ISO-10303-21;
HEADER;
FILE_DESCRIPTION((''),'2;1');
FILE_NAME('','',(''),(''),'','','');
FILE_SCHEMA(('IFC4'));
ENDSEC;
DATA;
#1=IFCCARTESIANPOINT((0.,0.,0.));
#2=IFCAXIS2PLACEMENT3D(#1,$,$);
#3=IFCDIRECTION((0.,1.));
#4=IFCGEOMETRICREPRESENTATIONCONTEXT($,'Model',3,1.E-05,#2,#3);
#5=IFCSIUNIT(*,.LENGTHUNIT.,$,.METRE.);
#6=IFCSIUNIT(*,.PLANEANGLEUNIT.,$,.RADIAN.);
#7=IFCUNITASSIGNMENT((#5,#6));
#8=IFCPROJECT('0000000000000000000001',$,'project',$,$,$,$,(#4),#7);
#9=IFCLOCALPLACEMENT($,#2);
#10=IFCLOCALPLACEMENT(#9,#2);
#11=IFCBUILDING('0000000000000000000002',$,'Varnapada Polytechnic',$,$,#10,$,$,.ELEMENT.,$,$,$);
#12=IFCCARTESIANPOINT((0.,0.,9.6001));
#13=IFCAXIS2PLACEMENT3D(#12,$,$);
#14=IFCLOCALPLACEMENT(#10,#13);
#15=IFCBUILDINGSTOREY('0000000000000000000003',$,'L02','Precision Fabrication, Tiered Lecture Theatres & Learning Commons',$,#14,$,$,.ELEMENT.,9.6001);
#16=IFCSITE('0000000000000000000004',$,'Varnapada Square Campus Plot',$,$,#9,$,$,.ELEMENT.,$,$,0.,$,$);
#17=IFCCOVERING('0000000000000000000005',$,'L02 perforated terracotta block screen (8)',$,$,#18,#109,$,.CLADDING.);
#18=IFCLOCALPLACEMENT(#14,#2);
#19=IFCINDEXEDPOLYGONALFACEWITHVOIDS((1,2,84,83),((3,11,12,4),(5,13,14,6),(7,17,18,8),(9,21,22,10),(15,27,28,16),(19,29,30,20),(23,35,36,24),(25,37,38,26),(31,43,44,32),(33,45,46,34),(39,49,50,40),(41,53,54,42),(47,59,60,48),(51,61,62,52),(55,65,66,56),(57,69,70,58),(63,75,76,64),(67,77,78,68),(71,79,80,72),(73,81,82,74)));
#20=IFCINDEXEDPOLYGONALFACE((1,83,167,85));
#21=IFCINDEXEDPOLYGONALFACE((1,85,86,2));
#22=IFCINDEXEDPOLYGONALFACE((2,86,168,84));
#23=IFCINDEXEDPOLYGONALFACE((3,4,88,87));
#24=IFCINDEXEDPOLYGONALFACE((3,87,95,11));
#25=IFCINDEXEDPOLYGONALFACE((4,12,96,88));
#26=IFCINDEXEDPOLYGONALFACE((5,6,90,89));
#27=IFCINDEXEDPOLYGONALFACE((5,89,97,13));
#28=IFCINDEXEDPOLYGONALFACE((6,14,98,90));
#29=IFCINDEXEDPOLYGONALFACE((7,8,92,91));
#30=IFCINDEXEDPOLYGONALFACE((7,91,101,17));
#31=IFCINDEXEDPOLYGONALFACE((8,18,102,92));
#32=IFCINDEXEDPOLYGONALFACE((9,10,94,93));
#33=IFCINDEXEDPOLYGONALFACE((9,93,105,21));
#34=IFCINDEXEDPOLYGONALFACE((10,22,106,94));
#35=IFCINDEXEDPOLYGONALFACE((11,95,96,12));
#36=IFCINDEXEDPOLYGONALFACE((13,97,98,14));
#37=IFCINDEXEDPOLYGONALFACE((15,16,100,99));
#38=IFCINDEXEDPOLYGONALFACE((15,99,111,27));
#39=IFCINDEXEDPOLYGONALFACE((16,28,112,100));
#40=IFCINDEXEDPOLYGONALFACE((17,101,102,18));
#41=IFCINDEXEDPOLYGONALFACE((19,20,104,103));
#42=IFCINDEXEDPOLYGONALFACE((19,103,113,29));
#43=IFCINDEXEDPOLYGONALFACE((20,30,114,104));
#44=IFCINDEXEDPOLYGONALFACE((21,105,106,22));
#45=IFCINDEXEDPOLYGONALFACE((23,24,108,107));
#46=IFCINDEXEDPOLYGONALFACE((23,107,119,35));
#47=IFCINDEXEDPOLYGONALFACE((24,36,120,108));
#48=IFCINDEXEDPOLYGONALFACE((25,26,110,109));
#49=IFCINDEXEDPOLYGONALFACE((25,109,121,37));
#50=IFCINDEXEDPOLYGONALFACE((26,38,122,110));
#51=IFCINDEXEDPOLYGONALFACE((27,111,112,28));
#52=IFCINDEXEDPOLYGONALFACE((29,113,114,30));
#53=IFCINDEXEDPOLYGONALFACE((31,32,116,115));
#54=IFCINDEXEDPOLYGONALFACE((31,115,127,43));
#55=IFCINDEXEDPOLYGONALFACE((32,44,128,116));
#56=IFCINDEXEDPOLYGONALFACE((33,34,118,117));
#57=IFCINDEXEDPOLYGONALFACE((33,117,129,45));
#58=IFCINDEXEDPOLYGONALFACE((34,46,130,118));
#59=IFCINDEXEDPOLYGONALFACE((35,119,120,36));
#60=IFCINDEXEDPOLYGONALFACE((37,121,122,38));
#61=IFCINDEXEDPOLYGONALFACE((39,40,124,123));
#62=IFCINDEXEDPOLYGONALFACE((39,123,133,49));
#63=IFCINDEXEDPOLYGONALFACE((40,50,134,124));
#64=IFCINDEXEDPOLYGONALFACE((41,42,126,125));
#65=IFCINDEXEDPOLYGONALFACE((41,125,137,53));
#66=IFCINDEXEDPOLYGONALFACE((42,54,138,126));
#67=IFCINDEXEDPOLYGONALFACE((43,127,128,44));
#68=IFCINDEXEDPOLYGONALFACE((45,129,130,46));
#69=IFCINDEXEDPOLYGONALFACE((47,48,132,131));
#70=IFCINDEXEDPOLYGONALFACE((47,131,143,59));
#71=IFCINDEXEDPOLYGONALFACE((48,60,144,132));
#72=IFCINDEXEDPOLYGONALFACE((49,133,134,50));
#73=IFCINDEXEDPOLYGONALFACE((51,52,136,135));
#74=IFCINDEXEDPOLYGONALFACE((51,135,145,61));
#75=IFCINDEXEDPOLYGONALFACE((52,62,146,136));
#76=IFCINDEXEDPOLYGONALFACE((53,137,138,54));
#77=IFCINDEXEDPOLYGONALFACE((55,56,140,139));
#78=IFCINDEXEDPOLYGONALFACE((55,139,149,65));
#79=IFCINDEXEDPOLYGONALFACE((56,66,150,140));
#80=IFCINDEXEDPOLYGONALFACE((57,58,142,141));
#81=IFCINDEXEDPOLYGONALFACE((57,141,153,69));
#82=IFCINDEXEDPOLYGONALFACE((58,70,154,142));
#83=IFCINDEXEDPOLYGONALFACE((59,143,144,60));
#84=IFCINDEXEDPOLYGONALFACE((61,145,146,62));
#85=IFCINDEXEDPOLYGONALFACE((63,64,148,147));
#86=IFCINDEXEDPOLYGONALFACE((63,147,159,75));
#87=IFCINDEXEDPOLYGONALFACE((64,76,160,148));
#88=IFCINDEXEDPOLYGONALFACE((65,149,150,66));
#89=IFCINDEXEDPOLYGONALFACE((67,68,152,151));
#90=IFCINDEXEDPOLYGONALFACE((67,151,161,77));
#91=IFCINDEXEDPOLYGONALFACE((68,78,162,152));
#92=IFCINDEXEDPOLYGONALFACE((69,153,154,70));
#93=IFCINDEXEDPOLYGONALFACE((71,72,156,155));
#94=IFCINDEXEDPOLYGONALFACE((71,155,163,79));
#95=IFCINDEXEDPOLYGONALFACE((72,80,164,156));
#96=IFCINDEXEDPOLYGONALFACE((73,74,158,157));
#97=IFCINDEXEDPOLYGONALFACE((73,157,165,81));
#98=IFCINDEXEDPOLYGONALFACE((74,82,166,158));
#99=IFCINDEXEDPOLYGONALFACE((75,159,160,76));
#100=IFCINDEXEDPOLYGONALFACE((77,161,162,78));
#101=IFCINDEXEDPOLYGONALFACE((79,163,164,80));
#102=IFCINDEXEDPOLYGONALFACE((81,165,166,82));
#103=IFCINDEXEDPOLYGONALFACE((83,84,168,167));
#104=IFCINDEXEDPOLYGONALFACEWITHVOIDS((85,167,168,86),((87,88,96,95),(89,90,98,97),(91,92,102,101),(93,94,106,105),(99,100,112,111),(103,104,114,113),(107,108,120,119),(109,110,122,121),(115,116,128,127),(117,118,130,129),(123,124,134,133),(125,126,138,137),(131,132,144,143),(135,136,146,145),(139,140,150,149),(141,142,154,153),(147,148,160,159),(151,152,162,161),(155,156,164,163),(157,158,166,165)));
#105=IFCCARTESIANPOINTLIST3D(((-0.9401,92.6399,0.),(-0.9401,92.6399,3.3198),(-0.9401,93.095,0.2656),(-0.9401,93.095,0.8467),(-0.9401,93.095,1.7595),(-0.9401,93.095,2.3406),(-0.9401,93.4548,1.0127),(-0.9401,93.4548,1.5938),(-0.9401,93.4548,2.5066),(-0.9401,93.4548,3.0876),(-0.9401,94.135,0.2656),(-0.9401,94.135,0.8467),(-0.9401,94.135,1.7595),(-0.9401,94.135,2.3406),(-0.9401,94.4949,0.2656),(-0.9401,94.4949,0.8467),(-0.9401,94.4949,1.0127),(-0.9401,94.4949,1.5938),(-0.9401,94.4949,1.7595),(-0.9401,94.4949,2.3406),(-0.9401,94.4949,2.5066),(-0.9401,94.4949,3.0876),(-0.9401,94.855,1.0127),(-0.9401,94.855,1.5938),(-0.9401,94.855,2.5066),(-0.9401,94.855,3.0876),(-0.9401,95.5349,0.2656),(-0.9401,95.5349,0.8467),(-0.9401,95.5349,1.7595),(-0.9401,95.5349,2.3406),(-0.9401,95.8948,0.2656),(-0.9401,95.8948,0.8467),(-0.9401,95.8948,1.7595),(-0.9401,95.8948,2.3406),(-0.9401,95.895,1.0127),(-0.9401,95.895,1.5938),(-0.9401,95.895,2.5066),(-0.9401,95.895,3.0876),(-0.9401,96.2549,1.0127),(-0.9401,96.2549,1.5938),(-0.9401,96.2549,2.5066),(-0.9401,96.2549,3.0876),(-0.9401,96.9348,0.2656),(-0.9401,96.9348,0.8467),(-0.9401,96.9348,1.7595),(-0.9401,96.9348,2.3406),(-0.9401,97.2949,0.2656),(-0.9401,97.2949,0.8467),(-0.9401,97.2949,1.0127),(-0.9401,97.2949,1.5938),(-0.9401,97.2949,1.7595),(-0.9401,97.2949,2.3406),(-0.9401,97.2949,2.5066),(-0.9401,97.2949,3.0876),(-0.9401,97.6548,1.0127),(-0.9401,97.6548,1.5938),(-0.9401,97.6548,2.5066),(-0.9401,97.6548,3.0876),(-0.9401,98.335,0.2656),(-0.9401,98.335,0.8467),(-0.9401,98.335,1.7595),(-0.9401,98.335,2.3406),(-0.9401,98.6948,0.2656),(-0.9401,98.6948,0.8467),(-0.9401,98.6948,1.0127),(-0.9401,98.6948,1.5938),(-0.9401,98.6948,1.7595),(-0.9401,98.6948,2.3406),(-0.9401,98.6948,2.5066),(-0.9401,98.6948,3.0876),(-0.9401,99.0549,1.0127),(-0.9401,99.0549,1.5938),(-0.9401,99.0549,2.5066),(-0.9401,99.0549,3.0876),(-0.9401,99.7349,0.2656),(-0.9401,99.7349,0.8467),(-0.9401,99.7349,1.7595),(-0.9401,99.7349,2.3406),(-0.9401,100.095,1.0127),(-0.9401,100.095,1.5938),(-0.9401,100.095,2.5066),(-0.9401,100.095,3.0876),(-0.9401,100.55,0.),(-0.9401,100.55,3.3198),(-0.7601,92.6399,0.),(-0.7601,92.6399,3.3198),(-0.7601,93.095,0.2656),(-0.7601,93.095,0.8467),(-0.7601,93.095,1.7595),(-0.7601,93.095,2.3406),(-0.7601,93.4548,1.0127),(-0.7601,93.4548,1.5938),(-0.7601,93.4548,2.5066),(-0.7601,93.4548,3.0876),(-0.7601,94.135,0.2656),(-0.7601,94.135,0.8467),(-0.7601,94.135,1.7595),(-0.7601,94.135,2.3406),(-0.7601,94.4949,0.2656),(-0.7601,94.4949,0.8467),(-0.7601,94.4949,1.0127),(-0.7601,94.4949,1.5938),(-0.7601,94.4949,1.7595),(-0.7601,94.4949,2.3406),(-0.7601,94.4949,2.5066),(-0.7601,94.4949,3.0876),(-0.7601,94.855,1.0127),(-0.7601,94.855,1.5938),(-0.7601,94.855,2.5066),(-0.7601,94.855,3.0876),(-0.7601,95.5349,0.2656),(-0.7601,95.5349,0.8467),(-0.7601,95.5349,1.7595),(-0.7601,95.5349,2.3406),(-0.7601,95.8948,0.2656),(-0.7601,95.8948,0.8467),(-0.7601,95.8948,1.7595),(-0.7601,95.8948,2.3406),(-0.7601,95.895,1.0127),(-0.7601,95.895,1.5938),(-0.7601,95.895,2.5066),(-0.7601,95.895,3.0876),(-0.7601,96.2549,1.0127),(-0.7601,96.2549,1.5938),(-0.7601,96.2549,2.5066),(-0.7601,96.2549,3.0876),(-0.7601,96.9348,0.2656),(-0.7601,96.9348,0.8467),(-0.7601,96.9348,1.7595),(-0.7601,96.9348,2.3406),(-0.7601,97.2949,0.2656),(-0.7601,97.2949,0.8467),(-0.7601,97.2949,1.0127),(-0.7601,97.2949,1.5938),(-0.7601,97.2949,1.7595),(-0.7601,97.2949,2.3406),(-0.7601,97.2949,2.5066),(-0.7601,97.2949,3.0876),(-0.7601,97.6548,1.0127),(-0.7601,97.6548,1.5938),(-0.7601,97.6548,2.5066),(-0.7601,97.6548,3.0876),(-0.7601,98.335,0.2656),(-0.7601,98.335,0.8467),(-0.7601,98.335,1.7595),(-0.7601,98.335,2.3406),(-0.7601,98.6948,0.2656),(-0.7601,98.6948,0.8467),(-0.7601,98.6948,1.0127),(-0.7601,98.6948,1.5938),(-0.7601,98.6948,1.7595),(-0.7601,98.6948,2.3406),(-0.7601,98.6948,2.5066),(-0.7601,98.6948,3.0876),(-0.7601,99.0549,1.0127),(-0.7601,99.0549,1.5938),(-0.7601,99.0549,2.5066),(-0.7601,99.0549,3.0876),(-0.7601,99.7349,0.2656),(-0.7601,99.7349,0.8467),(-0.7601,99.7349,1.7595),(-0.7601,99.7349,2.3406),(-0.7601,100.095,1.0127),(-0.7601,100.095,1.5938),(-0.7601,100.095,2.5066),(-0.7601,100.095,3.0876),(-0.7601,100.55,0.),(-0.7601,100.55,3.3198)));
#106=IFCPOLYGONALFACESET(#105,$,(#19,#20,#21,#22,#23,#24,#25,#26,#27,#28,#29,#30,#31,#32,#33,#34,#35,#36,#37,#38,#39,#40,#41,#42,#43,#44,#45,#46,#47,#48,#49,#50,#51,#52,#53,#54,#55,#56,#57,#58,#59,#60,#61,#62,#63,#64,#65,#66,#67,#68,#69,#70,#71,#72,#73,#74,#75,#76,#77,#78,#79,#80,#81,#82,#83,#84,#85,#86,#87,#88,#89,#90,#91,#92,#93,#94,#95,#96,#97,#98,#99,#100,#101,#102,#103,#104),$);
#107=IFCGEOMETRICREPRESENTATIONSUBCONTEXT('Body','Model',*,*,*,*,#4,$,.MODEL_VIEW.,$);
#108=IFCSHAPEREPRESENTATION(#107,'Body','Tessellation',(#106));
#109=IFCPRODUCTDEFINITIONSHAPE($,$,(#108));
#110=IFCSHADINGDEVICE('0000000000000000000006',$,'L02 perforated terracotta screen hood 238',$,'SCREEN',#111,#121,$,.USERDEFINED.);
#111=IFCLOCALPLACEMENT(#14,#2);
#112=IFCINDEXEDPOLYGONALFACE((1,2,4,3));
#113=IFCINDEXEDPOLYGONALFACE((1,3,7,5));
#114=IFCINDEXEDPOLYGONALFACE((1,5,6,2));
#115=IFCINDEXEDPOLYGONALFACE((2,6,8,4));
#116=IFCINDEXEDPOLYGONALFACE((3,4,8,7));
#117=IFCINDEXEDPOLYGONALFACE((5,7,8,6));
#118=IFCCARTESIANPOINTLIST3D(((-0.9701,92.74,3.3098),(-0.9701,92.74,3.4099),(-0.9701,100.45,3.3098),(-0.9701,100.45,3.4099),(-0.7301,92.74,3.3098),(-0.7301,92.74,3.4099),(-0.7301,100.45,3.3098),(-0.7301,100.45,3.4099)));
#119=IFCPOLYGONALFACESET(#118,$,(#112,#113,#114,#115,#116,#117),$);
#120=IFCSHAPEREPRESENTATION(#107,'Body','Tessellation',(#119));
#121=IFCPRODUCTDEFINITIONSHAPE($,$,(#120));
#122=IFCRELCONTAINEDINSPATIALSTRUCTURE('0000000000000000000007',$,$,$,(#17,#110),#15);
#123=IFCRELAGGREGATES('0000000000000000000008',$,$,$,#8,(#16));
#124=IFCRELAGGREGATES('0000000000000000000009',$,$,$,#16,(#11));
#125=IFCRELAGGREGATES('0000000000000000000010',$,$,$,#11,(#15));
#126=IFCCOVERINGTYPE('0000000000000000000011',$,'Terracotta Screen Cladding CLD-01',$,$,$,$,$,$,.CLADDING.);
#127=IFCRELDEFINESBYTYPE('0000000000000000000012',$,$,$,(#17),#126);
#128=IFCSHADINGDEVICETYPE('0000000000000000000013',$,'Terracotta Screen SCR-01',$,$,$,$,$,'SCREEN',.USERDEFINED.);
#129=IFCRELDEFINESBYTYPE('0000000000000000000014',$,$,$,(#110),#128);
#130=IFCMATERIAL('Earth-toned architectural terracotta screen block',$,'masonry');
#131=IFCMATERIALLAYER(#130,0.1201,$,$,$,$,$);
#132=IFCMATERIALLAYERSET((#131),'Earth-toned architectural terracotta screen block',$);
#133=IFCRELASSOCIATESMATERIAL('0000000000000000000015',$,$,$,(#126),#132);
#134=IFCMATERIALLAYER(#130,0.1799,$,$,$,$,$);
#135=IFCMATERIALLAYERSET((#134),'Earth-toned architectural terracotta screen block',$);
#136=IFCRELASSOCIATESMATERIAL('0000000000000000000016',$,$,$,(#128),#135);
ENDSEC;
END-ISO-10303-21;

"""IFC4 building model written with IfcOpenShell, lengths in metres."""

from ifc_helpers import new_model, si_unit, direction, frame, frame_2d, origin, origin_2d, place, context, subcontext, project, spatial, rectangle, extrude, material, layer, layer_set, type_object, element, save


model = new_model("IFC4")

# Units and contexts
model_context = context("Model", 3, precision=1e-05, world=origin(), true_north=direction((0.0, 1.0)))
body_context = subcontext(model_context, "Body", "Model", "MODEL_VIEW")
ifc_project = project(units=[si_unit("LENGTHUNIT", "METRE"), si_unit("PLANEANGLEUNIT", "RADIAN")], contexts=[model_context])

# Site, building, storey
site_placement = place(None, origin())
site = spatial("IfcSite", under=ifc_project, at=site_placement, Name="Varnapada Square Campus Plot", CompositionType="ELEMENT", RefElevation=0.0)
building_placement = place(site_placement, origin())
building = spatial("IfcBuilding", under=site, at=building_placement, Name="Varnapada Polytechnic", CompositionType="ELEMENT")
storey_placement = place(building_placement, frame((0.0, 0.0, 9.6001)))
storey = spatial("IfcBuildingStorey", under=building, at=storey_placement, Name="L02", Description="Precision Fabrication, Tiered Lecture Theatres & Learning Commons", CompositionType="ELEMENT", Elevation=9.6001)

# Covering, openings
ifc_material_1 = material(Name="Earth-toned architectural terracotta screen block", Category="masonry")
ifc_layer_1 = layer(ifc_material_1, 0.1201)
ifc_layer_set_1 = layer_set([ifc_layer_1], Name="Earth-toned architectural terracotta screen block")
covering_type = type_object("IfcCoveringType", Name="Terracotta Screen Cladding CLD-01", PredefinedType="CLADDING", material=ifc_layer_set_1)
covering_placement = place(storey_placement, frame((-0.8501, 92.6399, 0.0), z_axis=(0.0, 0.0, 1.0), x_axis=(0.0, 1.0, 0.0)))
covering = element("IfcCovering", 1, at=covering_placement, inside=storey, type_object=covering_type, Name="L02 perforated terracotta block screen (8)", PredefinedType="CLADDING", context=body_context, shape_type="SweptSolid", body=[
    extrude(rectangle(XDim=7.9102, YDim=0.1799, at=frame_2d((3.9551, 0.0))), origin(), (0.0, 0.0, 1.0), 3.3198),
])
opening_1_placement = place(covering_placement, frame((0.4551, 0.0, 0.2656)))
element("IfcOpeningElement", 2, at=opening_1_placement, cuts=covering, PredefinedType="OPENING", context=body_context, shape_type="SweptSolid", body=[
    extrude(rectangle(XDim=1.04, YDim=0.5811, at=frame_2d((0.52, 0.2905))), frame((0.0, 0.0999, 0.0), z_axis=(0.0, -1.0, 0.0), x_axis=(1.0, 0.0, 0.0)), (0.0, 0.0, 1.0), 0.2),
])
opening_2_placement = place(covering_placement, frame((1.855, 0.0, 0.2656)))
element("IfcOpeningElement", 3, at=opening_2_placement, cuts=covering, PredefinedType="OPENING", context=body_context, shape_type="SweptSolid", body=[
    extrude(rectangle(XDim=1.04, YDim=0.5811, at=frame_2d((0.52, 0.2905))), frame((0.0, 0.0999, 0.0), z_axis=(0.0, -1.0, 0.0), x_axis=(1.0, 0.0, 0.0)), (0.0, 0.0, 1.0), 0.2),
])
opening_3_placement = place(covering_placement, frame((3.2549, 0.0, 0.2656)))
element("IfcOpeningElement", 4, at=opening_3_placement, cuts=covering, PredefinedType="OPENING", context=body_context, shape_type="SweptSolid", body=[
    extrude(rectangle(XDim=1.04, YDim=0.5811, at=frame_2d((0.52, 0.2905))), frame((0.0, 0.0999, 0.0), z_axis=(0.0, -1.0, 0.0), x_axis=(1.0, 0.0, 0.0)), (0.0, 0.0, 1.0), 0.2),
])
opening_4_placement = place(covering_placement, frame((4.655, 0.0, 0.2656)))
element("IfcOpeningElement", 5, at=opening_4_placement, cuts=covering, PredefinedType="OPENING", context=body_context, shape_type="SweptSolid", body=[
    extrude(rectangle(XDim=1.04, YDim=0.5811, at=frame_2d((0.52, 0.2905))), frame((0.0, 0.0999, 0.0), z_axis=(0.0, -1.0, 0.0), x_axis=(1.0, 0.0, 0.0)), (0.0, 0.0, 1.0), 0.2),
])
opening_5_placement = place(covering_placement, frame((6.0549, 0.0, 0.2656)))
element("IfcOpeningElement", 6, at=opening_5_placement, cuts=covering, PredefinedType="OPENING", context=body_context, shape_type="SweptSolid", body=[
    extrude(rectangle(XDim=1.04, YDim=0.5811, at=frame_2d((0.52, 0.2905))), frame((0.0, 0.0999, 0.0), z_axis=(0.0, -1.0, 0.0), x_axis=(1.0, 0.0, 0.0)), (0.0, 0.0, 1.0), 0.2),
])
opening_6_placement = place(covering_placement, frame((0.8149, 0.0, 1.0127)))
element("IfcOpeningElement", 7, at=opening_6_placement, cuts=covering, PredefinedType="OPENING", context=body_context, shape_type="SweptSolid", body=[
    extrude(rectangle(XDim=1.04, YDim=0.5811, at=frame_2d((0.52, 0.2905))), frame((0.0, 0.0999, 0.0), z_axis=(0.0, -1.0, 0.0), x_axis=(1.0, 0.0, 0.0)), (0.0, 0.0, 1.0), 0.2),
])
opening_7_placement = place(covering_placement, frame((2.2151, 0.0, 1.0127)))
element("IfcOpeningElement", 8, at=opening_7_placement, cuts=covering, PredefinedType="OPENING", context=body_context, shape_type="SweptSolid", body=[
    extrude(rectangle(XDim=1.04, YDim=0.5811, at=frame_2d((0.52, 0.2905))), frame((0.0, 0.0999, 0.0), z_axis=(0.0, -1.0, 0.0), x_axis=(1.0, 0.0, 0.0)), (0.0, 0.0, 1.0), 0.2),
])
opening_8_placement = place(covering_placement, frame((3.615, 0.0, 1.0127)))
element("IfcOpeningElement", 9, at=opening_8_placement, cuts=covering, PredefinedType="OPENING", context=body_context, shape_type="SweptSolid", body=[
    extrude(rectangle(XDim=1.04, YDim=0.5811, at=frame_2d((0.52, 0.2905))), frame((0.0, 0.0999, 0.0), z_axis=(0.0, -1.0, 0.0), x_axis=(1.0, 0.0, 0.0)), (0.0, 0.0, 1.0), 0.2),
])
opening_9_placement = place(covering_placement, frame((5.0149, 0.0, 1.0127)))
element("IfcOpeningElement", 10, at=opening_9_placement, cuts=covering, PredefinedType="OPENING", context=body_context, shape_type="SweptSolid", body=[
    extrude(rectangle(XDim=1.04, YDim=0.5811, at=frame_2d((0.52, 0.2905))), frame((0.0, 0.0999, 0.0), z_axis=(0.0, -1.0, 0.0), x_axis=(1.0, 0.0, 0.0)), (0.0, 0.0, 1.0), 0.2),
])
opening_10_placement = place(covering_placement, frame((6.415, 0.0, 1.0127)))
element("IfcOpeningElement", 11, at=opening_10_placement, cuts=covering, PredefinedType="OPENING", context=body_context, shape_type="SweptSolid", body=[
    extrude(rectangle(XDim=1.04, YDim=0.5811, at=frame_2d((0.52, 0.2905))), frame((0.0, 0.0999, 0.0), z_axis=(0.0, -1.0, 0.0), x_axis=(1.0, 0.0, 0.0)), (0.0, 0.0, 1.0), 0.2),
])
opening_11_placement = place(covering_placement, frame((0.4551, 0.0, 1.7595)))
element("IfcOpeningElement", 12, at=opening_11_placement, cuts=covering, PredefinedType="OPENING", context=body_context, shape_type="SweptSolid", body=[
    extrude(rectangle(XDim=1.04, YDim=0.5811, at=frame_2d((0.52, 0.2905))), frame((0.0, 0.0999, 0.0), z_axis=(0.0, -1.0, 0.0), x_axis=(1.0, 0.0, 0.0)), (0.0, 0.0, 1.0), 0.2),
])
opening_12_placement = place(covering_placement, frame((1.855, 0.0, 1.7595)))
element("IfcOpeningElement", 13, at=opening_12_placement, cuts=covering, PredefinedType="OPENING", context=body_context, shape_type="SweptSolid", body=[
    extrude(rectangle(XDim=1.04, YDim=0.5811, at=frame_2d((0.52, 0.2905))), frame((0.0, 0.0999, 0.0), z_axis=(0.0, -1.0, 0.0), x_axis=(1.0, 0.0, 0.0)), (0.0, 0.0, 1.0), 0.2),
])
opening_13_placement = place(covering_placement, frame((3.2549, 0.0, 1.7595)))
element("IfcOpeningElement", 14, at=opening_13_placement, cuts=covering, PredefinedType="OPENING", context=body_context, shape_type="SweptSolid", body=[
    extrude(rectangle(XDim=1.04, YDim=0.5811, at=frame_2d((0.52, 0.2905))), frame((0.0, 0.0999, 0.0), z_axis=(0.0, -1.0, 0.0), x_axis=(1.0, 0.0, 0.0)), (0.0, 0.0, 1.0), 0.2),
])
opening_14_placement = place(covering_placement, frame((4.655, 0.0, 1.7595)))
element("IfcOpeningElement", 15, at=opening_14_placement, cuts=covering, PredefinedType="OPENING", context=body_context, shape_type="SweptSolid", body=[
    extrude(rectangle(XDim=1.04, YDim=0.5811, at=frame_2d((0.52, 0.2905))), frame((0.0, 0.0999, 0.0), z_axis=(0.0, -1.0, 0.0), x_axis=(1.0, 0.0, 0.0)), (0.0, 0.0, 1.0), 0.2),
])
opening_15_placement = place(covering_placement, frame((6.0549, 0.0, 1.7595)))
element("IfcOpeningElement", 16, at=opening_15_placement, cuts=covering, PredefinedType="OPENING", context=body_context, shape_type="SweptSolid", body=[
    extrude(rectangle(XDim=1.04, YDim=0.5811, at=frame_2d((0.52, 0.2905))), frame((0.0, 0.0999, 0.0), z_axis=(0.0, -1.0, 0.0), x_axis=(1.0, 0.0, 0.0)), (0.0, 0.0, 1.0), 0.2),
])
opening_16_placement = place(covering_placement, frame((0.8149, 0.0, 2.5066)))
element("IfcOpeningElement", 17, at=opening_16_placement, cuts=covering, PredefinedType="OPENING", context=body_context, shape_type="SweptSolid", body=[
    extrude(rectangle(XDim=1.04, YDim=0.5811, at=frame_2d((0.52, 0.2905))), frame((0.0, 0.0999, 0.0), z_axis=(0.0, -1.0, 0.0), x_axis=(1.0, 0.0, 0.0)), (0.0, 0.0, 1.0), 0.2),
])
opening_17_placement = place(covering_placement, frame((2.2151, 0.0, 2.5066)))
element("IfcOpeningElement", 18, at=opening_17_placement, cuts=covering, PredefinedType="OPENING", context=body_context, shape_type="SweptSolid", body=[
    extrude(rectangle(XDim=1.04, YDim=0.5811, at=frame_2d((0.52, 0.2905))), frame((0.0, 0.0999, 0.0), z_axis=(0.0, -1.0, 0.0), x_axis=(1.0, 0.0, 0.0)), (0.0, 0.0, 1.0), 0.2),
])
opening_18_placement = place(covering_placement, frame((3.615, 0.0, 2.5066)))
element("IfcOpeningElement", 19, at=opening_18_placement, cuts=covering, PredefinedType="OPENING", context=body_context, shape_type="SweptSolid", body=[
    extrude(rectangle(XDim=1.04, YDim=0.5811, at=frame_2d((0.52, 0.2905))), frame((0.0, 0.0999, 0.0), z_axis=(0.0, -1.0, 0.0), x_axis=(1.0, 0.0, 0.0)), (0.0, 0.0, 1.0), 0.2),
])
opening_19_placement = place(covering_placement, frame((5.0149, 0.0, 2.5066)))
element("IfcOpeningElement", 20, at=opening_19_placement, cuts=covering, PredefinedType="OPENING", context=body_context, shape_type="SweptSolid", body=[
    extrude(rectangle(XDim=1.04, YDim=0.5811, at=frame_2d((0.52, 0.2905))), frame((0.0, 0.0999, 0.0), z_axis=(0.0, -1.0, 0.0), x_axis=(1.0, 0.0, 0.0)), (0.0, 0.0, 1.0), 0.2),
])
opening_20_placement = place(covering_placement, frame((6.415, 0.0, 2.5066)))
element("IfcOpeningElement", 21, at=opening_20_placement, cuts=covering, PredefinedType="OPENING", context=body_context, shape_type="SweptSolid", body=[
    extrude(rectangle(XDim=1.04, YDim=0.5811, at=frame_2d((0.52, 0.2905))), frame((0.0, 0.0999, 0.0), z_axis=(0.0, -1.0, 0.0), x_axis=(1.0, 0.0, 0.0)), (0.0, 0.0, 1.0), 0.2),
])

# Shading device
ifc_layer_2 = layer(ifc_material_1, 0.1799)
ifc_layer_set_2 = layer_set([ifc_layer_2], Name="Earth-toned architectural terracotta screen block")
shading_device_type = type_object("IfcShadingDeviceType", Name="Terracotta Screen SCR-01", ElementType="SCREEN", PredefinedType="USERDEFINED", material=ifc_layer_set_2)
shading_device_placement = place(storey_placement, frame((-0.8501, 96.595, 3.3098), z_axis=(0.0, 0.0, 1.0), x_axis=(0.0, 1.0, 0.0)))
element("IfcShadingDevice", 22, at=shading_device_placement, inside=storey, type_object=shading_device_type, Name="L02 perforated terracotta screen hood 238", ObjectType="SCREEN", PredefinedType="USERDEFINED", context=body_context, shape_type="SweptSolid", body=[
    extrude(rectangle(XDim=7.71, YDim=0.24, at=origin_2d()), origin(), (0.0, 0.0, 1.0), 0.1001),
])

save(model, "model.ifc")
